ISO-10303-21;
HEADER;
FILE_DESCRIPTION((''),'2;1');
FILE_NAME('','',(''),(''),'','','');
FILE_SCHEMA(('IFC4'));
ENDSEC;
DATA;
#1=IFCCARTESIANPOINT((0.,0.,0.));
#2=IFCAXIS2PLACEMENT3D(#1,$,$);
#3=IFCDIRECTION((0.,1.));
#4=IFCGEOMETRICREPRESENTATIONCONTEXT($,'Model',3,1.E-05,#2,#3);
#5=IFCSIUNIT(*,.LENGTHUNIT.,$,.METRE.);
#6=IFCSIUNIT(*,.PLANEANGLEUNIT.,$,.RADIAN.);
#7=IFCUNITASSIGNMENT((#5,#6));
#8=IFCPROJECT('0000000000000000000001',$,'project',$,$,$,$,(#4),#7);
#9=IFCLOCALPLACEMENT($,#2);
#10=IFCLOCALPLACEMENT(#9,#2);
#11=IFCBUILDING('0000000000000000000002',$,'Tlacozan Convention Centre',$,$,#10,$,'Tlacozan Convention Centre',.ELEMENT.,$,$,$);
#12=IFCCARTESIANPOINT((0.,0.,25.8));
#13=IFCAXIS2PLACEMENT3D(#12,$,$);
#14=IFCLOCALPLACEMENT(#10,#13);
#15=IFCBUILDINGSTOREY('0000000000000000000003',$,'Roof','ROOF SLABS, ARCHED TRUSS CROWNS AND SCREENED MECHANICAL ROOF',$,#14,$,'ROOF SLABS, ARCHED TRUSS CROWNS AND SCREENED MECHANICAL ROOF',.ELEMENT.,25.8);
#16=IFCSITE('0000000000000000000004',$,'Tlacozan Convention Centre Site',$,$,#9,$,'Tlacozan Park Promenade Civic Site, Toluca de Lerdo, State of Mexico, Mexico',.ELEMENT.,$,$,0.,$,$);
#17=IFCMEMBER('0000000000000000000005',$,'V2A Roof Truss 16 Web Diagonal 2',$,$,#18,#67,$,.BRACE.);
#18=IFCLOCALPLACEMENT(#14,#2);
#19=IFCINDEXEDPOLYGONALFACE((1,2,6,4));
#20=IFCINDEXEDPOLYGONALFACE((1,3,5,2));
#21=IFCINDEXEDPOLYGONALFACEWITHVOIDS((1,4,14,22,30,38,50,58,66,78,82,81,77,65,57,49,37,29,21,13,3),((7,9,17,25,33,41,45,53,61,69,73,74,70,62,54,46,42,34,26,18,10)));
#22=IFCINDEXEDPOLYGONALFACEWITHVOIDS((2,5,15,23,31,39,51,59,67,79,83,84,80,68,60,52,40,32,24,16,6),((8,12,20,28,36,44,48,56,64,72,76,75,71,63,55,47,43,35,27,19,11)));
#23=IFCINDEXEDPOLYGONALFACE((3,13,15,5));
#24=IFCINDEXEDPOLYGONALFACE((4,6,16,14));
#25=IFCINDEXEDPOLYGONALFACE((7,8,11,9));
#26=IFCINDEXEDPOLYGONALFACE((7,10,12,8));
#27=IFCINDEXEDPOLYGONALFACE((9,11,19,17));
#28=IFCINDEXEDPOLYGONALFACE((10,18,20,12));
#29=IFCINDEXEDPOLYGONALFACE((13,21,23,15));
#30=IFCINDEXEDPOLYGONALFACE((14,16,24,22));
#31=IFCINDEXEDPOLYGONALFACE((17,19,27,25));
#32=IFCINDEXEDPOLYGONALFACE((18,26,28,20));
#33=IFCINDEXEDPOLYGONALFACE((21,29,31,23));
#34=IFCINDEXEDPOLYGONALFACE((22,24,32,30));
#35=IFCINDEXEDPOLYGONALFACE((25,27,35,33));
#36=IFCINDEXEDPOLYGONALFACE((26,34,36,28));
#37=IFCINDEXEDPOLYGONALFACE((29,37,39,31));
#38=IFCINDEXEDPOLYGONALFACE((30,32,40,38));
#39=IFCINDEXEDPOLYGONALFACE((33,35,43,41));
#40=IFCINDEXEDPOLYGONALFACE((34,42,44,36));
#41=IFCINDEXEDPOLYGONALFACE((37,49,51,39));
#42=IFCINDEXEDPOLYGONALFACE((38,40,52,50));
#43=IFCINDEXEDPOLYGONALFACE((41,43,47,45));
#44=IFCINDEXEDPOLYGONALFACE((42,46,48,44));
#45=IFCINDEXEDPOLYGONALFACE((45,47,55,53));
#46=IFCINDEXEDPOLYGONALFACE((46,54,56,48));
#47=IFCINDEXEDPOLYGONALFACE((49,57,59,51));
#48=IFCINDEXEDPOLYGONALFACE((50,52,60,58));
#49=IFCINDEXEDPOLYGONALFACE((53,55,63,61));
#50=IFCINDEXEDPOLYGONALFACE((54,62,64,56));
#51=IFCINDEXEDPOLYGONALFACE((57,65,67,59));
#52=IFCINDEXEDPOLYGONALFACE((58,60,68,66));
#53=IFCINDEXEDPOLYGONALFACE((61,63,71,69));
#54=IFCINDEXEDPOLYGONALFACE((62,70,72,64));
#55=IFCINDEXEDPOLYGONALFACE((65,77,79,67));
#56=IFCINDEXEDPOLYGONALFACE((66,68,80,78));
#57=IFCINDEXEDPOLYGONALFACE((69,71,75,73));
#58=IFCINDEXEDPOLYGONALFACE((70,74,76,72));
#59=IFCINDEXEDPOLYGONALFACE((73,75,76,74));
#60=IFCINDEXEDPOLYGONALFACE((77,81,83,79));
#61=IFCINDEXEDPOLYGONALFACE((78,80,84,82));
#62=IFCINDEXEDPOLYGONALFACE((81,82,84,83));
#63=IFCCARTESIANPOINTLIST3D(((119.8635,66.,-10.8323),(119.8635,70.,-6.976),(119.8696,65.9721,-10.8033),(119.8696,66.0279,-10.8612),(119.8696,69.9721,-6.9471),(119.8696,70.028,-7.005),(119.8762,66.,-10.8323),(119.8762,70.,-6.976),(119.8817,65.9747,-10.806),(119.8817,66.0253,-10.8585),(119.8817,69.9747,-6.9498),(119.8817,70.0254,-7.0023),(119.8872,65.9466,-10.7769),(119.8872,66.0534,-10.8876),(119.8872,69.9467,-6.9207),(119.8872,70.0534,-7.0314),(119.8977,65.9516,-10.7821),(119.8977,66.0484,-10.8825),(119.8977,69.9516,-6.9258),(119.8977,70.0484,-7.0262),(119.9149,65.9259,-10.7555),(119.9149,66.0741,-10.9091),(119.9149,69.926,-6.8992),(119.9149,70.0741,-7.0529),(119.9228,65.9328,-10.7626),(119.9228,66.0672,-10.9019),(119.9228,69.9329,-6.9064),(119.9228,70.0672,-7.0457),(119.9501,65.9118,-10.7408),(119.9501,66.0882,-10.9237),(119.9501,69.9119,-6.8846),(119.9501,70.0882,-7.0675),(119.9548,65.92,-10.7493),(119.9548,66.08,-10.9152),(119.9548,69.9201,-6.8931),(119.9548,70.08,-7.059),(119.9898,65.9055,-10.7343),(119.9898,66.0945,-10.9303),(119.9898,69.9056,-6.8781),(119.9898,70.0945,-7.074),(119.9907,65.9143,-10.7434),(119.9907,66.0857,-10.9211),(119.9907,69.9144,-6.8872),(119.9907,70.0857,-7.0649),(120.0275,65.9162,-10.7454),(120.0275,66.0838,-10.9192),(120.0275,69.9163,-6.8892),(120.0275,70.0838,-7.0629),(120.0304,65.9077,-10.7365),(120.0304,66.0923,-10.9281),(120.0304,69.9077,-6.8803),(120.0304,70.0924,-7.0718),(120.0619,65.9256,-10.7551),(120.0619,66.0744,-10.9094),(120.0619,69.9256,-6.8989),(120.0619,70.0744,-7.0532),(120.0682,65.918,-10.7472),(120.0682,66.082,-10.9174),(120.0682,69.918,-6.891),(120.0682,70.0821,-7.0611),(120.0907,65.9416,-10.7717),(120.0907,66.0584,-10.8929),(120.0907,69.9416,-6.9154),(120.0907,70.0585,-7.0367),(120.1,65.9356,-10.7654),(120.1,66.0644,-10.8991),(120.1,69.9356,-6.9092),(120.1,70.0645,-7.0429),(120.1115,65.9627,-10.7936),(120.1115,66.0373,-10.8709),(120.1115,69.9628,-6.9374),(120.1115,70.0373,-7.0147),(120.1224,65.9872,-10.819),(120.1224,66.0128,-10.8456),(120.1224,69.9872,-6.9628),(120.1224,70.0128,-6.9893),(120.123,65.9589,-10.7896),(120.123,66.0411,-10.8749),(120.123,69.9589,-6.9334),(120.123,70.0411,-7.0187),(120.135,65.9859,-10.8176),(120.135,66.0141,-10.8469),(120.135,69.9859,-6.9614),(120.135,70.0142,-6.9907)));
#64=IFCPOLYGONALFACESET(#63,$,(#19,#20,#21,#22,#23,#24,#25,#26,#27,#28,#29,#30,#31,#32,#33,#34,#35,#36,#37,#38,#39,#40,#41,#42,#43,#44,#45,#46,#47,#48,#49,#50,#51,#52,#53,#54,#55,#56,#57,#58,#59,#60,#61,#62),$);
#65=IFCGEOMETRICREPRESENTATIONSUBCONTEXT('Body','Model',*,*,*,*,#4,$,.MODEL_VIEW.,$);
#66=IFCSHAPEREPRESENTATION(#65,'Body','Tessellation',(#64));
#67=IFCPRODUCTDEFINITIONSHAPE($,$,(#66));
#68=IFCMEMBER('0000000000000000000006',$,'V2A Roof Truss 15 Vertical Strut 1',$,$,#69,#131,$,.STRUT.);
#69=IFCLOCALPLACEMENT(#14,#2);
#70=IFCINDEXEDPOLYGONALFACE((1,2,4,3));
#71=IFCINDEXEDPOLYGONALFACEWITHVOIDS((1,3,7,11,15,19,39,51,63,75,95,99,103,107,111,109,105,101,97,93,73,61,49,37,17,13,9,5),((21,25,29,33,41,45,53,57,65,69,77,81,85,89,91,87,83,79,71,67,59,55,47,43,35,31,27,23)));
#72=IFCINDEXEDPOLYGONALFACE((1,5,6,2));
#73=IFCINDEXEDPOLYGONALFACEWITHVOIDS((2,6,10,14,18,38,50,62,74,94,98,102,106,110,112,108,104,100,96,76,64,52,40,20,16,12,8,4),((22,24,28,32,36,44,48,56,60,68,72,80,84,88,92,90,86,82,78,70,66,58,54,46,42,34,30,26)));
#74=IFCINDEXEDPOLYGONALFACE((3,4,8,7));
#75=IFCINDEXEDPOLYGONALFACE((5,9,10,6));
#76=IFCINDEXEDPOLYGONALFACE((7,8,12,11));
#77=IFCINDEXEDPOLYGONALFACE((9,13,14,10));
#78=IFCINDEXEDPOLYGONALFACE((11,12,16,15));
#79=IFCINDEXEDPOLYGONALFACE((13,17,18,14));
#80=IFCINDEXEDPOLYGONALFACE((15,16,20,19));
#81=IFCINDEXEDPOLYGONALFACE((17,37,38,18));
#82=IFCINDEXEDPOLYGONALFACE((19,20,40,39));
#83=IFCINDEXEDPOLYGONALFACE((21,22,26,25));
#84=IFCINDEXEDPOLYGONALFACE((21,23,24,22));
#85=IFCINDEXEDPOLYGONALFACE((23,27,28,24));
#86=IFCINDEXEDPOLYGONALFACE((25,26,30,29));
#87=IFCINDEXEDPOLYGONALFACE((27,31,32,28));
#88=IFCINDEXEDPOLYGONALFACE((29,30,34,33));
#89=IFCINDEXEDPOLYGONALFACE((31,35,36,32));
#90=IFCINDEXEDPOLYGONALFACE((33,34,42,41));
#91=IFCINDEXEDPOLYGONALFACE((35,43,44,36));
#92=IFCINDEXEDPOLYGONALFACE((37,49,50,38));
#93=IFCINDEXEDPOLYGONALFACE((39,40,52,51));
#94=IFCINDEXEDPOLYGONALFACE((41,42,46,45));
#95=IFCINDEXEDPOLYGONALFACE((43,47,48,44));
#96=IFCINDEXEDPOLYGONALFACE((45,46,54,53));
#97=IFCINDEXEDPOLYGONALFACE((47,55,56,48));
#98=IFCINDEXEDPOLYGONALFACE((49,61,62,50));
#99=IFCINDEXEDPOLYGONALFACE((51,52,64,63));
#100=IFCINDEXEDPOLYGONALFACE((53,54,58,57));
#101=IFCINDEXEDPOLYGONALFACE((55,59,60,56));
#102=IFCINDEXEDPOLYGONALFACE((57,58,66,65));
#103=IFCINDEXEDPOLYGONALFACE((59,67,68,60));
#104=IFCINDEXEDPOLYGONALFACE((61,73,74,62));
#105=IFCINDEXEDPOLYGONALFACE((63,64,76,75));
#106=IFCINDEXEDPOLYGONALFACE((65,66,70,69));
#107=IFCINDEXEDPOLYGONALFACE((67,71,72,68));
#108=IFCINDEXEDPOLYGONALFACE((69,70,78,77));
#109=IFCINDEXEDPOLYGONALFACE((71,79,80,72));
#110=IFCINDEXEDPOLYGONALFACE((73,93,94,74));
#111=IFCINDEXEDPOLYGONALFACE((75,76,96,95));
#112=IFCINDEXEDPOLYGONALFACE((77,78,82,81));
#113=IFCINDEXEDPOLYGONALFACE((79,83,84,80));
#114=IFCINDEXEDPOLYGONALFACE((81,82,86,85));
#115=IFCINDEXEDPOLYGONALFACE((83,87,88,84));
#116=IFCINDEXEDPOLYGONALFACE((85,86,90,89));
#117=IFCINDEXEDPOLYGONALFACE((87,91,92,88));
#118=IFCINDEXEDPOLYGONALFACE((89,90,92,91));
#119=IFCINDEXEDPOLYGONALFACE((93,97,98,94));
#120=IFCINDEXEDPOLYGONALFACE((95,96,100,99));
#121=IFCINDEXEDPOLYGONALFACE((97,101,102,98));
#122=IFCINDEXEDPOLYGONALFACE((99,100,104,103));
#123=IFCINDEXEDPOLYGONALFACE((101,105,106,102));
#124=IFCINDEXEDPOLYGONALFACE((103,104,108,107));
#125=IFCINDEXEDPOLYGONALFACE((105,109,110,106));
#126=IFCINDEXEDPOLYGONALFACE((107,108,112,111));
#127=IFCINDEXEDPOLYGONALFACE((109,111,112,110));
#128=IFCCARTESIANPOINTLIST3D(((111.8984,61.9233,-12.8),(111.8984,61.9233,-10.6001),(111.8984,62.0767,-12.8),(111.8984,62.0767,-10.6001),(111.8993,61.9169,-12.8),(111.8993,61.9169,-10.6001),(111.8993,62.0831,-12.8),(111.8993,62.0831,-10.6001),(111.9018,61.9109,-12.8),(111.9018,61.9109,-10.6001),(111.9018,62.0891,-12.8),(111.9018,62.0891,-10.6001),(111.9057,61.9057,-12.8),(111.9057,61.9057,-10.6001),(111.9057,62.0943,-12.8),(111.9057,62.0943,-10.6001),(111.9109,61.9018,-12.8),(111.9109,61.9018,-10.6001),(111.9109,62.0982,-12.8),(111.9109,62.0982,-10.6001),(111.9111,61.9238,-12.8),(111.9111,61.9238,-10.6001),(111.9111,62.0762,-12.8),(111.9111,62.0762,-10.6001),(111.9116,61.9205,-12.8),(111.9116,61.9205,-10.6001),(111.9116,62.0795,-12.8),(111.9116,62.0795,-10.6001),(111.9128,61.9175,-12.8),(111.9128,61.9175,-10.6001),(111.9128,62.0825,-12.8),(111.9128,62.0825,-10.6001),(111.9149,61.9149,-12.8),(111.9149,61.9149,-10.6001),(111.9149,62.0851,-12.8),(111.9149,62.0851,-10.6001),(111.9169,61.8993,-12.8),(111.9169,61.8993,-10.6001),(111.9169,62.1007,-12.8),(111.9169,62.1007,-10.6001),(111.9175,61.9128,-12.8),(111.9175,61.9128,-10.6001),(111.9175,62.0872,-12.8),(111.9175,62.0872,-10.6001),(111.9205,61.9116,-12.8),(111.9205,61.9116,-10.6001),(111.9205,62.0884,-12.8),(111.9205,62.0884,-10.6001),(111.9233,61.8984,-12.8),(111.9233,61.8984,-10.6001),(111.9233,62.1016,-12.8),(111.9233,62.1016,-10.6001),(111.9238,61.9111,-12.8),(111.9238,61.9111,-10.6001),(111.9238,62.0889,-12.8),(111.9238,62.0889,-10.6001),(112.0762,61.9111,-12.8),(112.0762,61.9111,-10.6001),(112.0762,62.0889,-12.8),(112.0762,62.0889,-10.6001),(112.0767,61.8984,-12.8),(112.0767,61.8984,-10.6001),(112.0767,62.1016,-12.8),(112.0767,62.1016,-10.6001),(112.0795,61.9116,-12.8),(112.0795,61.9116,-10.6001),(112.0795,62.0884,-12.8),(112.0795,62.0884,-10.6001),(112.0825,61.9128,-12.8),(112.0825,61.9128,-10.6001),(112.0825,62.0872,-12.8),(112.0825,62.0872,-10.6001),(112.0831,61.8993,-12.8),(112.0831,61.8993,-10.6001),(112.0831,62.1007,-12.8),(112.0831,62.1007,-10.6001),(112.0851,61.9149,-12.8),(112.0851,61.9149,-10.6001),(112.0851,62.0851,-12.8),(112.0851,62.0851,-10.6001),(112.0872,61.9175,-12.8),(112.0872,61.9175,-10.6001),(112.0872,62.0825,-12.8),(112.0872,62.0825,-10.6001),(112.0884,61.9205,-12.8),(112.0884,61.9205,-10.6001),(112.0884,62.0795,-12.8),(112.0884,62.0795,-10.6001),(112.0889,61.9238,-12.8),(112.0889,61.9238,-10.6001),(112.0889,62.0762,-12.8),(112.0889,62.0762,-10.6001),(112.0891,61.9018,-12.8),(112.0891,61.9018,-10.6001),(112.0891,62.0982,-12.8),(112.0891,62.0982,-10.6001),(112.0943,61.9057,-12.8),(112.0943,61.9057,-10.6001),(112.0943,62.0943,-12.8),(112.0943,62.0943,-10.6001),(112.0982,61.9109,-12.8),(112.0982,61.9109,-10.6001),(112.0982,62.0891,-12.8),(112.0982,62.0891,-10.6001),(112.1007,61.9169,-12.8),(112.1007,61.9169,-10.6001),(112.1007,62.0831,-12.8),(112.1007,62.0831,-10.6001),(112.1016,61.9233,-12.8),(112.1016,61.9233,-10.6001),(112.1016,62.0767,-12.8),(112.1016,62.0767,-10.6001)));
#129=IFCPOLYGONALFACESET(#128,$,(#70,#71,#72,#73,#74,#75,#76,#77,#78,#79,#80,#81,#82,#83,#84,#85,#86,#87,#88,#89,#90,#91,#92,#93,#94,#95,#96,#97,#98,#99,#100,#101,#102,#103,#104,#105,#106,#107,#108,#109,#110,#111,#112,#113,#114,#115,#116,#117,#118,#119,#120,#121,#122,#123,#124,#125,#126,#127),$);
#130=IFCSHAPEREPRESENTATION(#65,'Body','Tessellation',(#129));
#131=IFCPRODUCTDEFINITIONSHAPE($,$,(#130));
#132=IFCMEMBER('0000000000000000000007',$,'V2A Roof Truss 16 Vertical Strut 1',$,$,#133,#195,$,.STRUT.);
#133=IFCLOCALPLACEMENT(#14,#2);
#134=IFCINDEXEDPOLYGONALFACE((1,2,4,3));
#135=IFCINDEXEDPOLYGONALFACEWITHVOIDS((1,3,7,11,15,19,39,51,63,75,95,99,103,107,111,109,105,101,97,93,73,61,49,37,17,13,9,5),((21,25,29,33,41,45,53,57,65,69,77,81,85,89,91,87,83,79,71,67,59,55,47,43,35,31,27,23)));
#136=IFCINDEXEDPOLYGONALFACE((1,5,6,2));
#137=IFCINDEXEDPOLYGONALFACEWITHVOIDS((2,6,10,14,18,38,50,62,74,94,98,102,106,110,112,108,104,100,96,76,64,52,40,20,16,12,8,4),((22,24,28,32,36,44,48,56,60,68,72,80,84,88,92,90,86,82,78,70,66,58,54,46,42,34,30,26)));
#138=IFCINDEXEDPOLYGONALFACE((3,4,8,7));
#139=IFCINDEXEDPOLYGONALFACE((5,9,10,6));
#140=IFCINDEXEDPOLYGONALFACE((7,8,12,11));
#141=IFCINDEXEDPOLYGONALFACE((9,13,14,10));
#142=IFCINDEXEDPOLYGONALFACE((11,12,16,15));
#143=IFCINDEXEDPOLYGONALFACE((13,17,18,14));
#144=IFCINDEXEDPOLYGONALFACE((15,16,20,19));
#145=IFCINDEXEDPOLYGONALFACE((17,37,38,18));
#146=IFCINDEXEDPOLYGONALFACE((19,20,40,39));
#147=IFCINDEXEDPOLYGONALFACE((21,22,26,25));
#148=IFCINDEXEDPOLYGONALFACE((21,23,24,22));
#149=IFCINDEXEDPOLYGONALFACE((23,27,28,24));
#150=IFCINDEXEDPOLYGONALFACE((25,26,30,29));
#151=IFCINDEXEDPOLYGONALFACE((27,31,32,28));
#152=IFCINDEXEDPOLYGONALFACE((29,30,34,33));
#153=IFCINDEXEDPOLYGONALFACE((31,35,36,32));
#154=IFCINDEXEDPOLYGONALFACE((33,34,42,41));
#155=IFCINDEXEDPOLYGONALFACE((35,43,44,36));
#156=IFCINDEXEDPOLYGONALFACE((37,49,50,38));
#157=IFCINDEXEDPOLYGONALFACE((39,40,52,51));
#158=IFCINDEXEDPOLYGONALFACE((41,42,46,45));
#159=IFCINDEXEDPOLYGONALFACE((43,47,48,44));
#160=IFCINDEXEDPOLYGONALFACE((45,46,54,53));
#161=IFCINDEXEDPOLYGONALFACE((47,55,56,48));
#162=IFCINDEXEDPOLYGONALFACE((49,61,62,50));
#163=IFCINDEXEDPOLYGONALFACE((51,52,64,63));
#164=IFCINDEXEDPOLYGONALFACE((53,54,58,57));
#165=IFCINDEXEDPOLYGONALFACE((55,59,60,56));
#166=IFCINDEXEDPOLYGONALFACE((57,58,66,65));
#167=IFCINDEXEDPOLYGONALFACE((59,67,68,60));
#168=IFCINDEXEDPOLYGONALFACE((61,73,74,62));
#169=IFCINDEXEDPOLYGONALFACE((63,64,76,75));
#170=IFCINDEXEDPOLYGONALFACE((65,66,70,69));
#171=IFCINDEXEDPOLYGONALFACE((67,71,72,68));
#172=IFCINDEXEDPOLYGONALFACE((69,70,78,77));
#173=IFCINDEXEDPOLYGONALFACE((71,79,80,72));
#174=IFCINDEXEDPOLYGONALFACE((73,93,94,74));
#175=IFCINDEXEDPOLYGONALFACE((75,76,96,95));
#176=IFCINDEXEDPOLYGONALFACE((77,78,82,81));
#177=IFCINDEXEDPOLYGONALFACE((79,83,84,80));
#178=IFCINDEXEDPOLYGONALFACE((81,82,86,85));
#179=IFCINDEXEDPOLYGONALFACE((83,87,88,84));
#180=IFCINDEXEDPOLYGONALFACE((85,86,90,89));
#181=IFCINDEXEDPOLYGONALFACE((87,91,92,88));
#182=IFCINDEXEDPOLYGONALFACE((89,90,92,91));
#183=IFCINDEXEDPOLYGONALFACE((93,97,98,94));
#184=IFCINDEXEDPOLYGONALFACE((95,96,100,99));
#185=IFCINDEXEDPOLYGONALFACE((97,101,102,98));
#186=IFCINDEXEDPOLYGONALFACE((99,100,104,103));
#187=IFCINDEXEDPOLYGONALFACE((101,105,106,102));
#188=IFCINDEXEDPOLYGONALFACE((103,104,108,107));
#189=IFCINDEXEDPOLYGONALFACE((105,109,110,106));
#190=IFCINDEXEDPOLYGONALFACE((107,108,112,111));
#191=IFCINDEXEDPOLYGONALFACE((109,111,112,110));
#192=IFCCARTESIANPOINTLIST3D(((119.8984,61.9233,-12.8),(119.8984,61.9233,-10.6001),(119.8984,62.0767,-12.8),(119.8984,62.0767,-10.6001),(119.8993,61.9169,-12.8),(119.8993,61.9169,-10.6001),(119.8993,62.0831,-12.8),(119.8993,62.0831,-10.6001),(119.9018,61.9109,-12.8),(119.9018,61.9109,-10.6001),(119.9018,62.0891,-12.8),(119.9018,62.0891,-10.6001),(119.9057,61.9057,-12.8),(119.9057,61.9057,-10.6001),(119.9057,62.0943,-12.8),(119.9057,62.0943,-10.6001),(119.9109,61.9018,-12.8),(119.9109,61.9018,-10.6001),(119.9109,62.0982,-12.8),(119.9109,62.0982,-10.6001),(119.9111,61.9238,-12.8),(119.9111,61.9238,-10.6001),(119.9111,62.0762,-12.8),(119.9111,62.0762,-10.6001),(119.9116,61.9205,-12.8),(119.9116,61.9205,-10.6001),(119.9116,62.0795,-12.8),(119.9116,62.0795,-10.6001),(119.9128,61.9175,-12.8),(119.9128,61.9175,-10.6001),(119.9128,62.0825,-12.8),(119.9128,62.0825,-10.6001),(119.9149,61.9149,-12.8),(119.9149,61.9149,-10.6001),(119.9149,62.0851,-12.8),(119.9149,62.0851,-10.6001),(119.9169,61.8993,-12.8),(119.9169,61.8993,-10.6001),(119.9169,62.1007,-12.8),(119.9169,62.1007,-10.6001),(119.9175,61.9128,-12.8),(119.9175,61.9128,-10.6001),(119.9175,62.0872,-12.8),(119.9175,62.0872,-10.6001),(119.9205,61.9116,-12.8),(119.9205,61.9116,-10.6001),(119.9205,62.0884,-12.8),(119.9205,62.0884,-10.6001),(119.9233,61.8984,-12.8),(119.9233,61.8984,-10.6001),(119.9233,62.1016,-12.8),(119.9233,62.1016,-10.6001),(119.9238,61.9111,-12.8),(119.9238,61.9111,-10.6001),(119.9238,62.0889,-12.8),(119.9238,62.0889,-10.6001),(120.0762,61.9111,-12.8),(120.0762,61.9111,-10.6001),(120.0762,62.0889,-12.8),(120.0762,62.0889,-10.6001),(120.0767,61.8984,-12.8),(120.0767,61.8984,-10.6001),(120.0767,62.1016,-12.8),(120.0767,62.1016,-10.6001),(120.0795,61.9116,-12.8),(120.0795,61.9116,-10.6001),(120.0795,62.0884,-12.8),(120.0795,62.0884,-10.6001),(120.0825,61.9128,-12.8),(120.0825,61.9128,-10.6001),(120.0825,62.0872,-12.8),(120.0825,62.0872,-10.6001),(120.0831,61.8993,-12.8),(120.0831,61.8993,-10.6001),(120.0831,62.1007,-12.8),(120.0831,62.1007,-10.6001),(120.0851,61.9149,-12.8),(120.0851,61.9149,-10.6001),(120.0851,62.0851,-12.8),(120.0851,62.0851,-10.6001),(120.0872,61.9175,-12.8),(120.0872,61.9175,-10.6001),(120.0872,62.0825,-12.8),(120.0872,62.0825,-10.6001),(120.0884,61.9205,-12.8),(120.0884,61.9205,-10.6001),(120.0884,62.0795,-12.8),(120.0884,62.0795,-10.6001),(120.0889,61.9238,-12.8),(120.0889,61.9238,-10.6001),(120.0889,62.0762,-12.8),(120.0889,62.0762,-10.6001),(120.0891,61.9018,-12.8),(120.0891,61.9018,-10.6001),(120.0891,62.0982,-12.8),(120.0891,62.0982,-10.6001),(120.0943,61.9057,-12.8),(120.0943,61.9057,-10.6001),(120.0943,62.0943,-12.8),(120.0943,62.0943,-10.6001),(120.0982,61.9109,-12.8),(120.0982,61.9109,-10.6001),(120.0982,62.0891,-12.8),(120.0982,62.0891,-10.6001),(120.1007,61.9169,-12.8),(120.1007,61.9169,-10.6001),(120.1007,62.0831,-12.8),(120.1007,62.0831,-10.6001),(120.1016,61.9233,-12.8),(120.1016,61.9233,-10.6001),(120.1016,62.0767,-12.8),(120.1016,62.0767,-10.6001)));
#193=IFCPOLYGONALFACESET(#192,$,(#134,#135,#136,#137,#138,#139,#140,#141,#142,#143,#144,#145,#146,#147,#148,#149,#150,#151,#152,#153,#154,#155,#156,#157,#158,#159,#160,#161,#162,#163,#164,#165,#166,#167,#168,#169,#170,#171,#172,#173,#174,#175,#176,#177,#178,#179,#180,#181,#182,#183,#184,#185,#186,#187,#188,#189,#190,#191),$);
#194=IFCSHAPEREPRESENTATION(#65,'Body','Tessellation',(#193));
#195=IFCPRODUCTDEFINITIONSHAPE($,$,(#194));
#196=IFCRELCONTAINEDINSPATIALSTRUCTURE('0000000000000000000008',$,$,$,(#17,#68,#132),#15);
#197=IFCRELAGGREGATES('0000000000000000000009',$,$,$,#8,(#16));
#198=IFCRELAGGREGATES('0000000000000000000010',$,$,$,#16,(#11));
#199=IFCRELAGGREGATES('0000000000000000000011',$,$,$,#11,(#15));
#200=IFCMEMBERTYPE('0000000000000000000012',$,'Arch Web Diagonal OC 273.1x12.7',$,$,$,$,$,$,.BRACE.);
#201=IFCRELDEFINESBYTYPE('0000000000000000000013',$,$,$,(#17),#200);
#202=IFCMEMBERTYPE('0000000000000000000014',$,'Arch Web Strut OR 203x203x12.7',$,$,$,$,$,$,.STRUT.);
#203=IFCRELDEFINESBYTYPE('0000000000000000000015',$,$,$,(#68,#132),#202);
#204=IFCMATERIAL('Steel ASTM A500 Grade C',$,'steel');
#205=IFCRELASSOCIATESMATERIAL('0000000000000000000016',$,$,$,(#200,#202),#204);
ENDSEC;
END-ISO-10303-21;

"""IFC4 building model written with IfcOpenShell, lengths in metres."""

from ifc_helpers import new_model, si_unit, direction, frame, origin, origin_2d, place, context, subcontext, project, spatial, hollow_rectangle, hollow_circle, extrude, material, material_profile, profile_set, type_object, element, save


model = new_model("IFC4")

# Units and contexts
model_context = context("Model", 3, precision=1e-05, world=origin(), true_north=direction((0.0, 1.0)))
body_context = subcontext(model_context, "Body", "Model", "MODEL_VIEW")
ifc_project = project(units=[si_unit("LENGTHUNIT", "METRE"), si_unit("PLANEANGLEUNIT", "RADIAN")], contexts=[model_context])

# Site, building, storey
site_placement = place(None, origin())
site = spatial("IfcSite", under=ifc_project, at=site_placement, Name="Tlacozan Convention Centre Site", LongName="Tlacozan Park Promenade Civic Site, Toluca de Lerdo, State of Mexico, Mexico", CompositionType="ELEMENT", RefElevation=0.0)
building_placement = place(site_placement, origin())
building = spatial("IfcBuilding", under=site, at=building_placement, Name="Tlacozan Convention Centre", LongName="Tlacozan Convention Centre", CompositionType="ELEMENT")
storey_placement = place(building_placement, frame((0.0, 0.0, 25.8)))
storey = spatial("IfcBuildingStorey", under=building, at=storey_placement, Name="Roof", Description="ROOF SLABS, ARCHED TRUSS CROWNS AND SCREENED MECHANICAL ROOF", LongName="ROOF SLABS, ARCHED TRUSS CROWNS AND SCREENED MECHANICAL ROOF", CompositionType="ELEMENT", Elevation=25.8)

# Members
ifc_material_1 = material(Name="Steel ASTM A500 Grade C", Category="steel")
ifc_material_profile_1 = material_profile(ifc_material_1, hollow_circle(Radius=0.1365, WallThickness=0.0127, at=origin_2d()), Name="OC 273.1x12.7")
ifc_profile_set_1 = profile_set([ifc_material_profile_1], Name="Steel ASTM A500 Grade C")
member_type_1 = type_object("IfcMemberType", Name="Arch Web Diagonal OC 273.1x12.7", PredefinedType="BRACE", material=ifc_profile_set_1)
member_1_placement = place(storey_placement, frame((120.0, 66.0, -10.8323), z_axis=(0.0, 0.719929, 0.694048), x_axis=(-1.0, 0.0, 0.0)))
element("IfcMember", 1, at=member_1_placement, inside=storey, type_object=member_type_1, Name="V2A Roof Truss 16 Web Diagonal 2", PredefinedType="BRACE", context=body_context, shape_type="SweptSolid", body=[
    extrude(hollow_circle(Radius=0.1365, WallThickness=0.0127, at=origin_2d()), origin(), (0.0, 0.0, 1.0), 5.5562),
])
ifc_material_profile_2 = material_profile(ifc_material_1, hollow_rectangle(XDim=0.2031, YDim=0.2031, WallThickness=0.0127, InnerFilletRadius=0.0127, OuterFilletRadius=0.0249, at=origin_2d()), Name="OR 203x203x12.7")
ifc_profile_set_2 = profile_set([ifc_material_profile_2], Name="Steel ASTM A500 Grade C")
member_type_2 = type_object("IfcMemberType", Name="Arch Web Strut OR 203x203x12.7", PredefinedType="STRUT", material=ifc_profile_set_2)
for number, where, z_axis, x_axis, name in (
    (2, (112.0, 62.0, -12.8), (0.0, 0.0, 1.0), (1.0, 0.0, 0.0), "V2A Roof Truss 15 Vertical Strut 1"),
    (3, (120.0, 62.0, -12.8), (0.0, 0.0, 1.0), (1.0, 0.0, 0.0), "V2A Roof Truss 16 Vertical Strut 1"),
):
    element("IfcMember", number, at=place(storey_placement, frame(where, z_axis=z_axis, x_axis=x_axis)), inside=storey, type_object=member_type_2, Name=name, PredefinedType="STRUT", context=body_context, shape_type="SweptSolid", body=[
        extrude(hollow_rectangle(XDim=0.2031, YDim=0.2031, WallThickness=0.0127, InnerFilletRadius=0.0127, OuterFilletRadius=0.0249, at=origin_2d()), origin(), (0.0, 0.0, 1.0), 2.2),
    ])

save(model, "model.ifc")
